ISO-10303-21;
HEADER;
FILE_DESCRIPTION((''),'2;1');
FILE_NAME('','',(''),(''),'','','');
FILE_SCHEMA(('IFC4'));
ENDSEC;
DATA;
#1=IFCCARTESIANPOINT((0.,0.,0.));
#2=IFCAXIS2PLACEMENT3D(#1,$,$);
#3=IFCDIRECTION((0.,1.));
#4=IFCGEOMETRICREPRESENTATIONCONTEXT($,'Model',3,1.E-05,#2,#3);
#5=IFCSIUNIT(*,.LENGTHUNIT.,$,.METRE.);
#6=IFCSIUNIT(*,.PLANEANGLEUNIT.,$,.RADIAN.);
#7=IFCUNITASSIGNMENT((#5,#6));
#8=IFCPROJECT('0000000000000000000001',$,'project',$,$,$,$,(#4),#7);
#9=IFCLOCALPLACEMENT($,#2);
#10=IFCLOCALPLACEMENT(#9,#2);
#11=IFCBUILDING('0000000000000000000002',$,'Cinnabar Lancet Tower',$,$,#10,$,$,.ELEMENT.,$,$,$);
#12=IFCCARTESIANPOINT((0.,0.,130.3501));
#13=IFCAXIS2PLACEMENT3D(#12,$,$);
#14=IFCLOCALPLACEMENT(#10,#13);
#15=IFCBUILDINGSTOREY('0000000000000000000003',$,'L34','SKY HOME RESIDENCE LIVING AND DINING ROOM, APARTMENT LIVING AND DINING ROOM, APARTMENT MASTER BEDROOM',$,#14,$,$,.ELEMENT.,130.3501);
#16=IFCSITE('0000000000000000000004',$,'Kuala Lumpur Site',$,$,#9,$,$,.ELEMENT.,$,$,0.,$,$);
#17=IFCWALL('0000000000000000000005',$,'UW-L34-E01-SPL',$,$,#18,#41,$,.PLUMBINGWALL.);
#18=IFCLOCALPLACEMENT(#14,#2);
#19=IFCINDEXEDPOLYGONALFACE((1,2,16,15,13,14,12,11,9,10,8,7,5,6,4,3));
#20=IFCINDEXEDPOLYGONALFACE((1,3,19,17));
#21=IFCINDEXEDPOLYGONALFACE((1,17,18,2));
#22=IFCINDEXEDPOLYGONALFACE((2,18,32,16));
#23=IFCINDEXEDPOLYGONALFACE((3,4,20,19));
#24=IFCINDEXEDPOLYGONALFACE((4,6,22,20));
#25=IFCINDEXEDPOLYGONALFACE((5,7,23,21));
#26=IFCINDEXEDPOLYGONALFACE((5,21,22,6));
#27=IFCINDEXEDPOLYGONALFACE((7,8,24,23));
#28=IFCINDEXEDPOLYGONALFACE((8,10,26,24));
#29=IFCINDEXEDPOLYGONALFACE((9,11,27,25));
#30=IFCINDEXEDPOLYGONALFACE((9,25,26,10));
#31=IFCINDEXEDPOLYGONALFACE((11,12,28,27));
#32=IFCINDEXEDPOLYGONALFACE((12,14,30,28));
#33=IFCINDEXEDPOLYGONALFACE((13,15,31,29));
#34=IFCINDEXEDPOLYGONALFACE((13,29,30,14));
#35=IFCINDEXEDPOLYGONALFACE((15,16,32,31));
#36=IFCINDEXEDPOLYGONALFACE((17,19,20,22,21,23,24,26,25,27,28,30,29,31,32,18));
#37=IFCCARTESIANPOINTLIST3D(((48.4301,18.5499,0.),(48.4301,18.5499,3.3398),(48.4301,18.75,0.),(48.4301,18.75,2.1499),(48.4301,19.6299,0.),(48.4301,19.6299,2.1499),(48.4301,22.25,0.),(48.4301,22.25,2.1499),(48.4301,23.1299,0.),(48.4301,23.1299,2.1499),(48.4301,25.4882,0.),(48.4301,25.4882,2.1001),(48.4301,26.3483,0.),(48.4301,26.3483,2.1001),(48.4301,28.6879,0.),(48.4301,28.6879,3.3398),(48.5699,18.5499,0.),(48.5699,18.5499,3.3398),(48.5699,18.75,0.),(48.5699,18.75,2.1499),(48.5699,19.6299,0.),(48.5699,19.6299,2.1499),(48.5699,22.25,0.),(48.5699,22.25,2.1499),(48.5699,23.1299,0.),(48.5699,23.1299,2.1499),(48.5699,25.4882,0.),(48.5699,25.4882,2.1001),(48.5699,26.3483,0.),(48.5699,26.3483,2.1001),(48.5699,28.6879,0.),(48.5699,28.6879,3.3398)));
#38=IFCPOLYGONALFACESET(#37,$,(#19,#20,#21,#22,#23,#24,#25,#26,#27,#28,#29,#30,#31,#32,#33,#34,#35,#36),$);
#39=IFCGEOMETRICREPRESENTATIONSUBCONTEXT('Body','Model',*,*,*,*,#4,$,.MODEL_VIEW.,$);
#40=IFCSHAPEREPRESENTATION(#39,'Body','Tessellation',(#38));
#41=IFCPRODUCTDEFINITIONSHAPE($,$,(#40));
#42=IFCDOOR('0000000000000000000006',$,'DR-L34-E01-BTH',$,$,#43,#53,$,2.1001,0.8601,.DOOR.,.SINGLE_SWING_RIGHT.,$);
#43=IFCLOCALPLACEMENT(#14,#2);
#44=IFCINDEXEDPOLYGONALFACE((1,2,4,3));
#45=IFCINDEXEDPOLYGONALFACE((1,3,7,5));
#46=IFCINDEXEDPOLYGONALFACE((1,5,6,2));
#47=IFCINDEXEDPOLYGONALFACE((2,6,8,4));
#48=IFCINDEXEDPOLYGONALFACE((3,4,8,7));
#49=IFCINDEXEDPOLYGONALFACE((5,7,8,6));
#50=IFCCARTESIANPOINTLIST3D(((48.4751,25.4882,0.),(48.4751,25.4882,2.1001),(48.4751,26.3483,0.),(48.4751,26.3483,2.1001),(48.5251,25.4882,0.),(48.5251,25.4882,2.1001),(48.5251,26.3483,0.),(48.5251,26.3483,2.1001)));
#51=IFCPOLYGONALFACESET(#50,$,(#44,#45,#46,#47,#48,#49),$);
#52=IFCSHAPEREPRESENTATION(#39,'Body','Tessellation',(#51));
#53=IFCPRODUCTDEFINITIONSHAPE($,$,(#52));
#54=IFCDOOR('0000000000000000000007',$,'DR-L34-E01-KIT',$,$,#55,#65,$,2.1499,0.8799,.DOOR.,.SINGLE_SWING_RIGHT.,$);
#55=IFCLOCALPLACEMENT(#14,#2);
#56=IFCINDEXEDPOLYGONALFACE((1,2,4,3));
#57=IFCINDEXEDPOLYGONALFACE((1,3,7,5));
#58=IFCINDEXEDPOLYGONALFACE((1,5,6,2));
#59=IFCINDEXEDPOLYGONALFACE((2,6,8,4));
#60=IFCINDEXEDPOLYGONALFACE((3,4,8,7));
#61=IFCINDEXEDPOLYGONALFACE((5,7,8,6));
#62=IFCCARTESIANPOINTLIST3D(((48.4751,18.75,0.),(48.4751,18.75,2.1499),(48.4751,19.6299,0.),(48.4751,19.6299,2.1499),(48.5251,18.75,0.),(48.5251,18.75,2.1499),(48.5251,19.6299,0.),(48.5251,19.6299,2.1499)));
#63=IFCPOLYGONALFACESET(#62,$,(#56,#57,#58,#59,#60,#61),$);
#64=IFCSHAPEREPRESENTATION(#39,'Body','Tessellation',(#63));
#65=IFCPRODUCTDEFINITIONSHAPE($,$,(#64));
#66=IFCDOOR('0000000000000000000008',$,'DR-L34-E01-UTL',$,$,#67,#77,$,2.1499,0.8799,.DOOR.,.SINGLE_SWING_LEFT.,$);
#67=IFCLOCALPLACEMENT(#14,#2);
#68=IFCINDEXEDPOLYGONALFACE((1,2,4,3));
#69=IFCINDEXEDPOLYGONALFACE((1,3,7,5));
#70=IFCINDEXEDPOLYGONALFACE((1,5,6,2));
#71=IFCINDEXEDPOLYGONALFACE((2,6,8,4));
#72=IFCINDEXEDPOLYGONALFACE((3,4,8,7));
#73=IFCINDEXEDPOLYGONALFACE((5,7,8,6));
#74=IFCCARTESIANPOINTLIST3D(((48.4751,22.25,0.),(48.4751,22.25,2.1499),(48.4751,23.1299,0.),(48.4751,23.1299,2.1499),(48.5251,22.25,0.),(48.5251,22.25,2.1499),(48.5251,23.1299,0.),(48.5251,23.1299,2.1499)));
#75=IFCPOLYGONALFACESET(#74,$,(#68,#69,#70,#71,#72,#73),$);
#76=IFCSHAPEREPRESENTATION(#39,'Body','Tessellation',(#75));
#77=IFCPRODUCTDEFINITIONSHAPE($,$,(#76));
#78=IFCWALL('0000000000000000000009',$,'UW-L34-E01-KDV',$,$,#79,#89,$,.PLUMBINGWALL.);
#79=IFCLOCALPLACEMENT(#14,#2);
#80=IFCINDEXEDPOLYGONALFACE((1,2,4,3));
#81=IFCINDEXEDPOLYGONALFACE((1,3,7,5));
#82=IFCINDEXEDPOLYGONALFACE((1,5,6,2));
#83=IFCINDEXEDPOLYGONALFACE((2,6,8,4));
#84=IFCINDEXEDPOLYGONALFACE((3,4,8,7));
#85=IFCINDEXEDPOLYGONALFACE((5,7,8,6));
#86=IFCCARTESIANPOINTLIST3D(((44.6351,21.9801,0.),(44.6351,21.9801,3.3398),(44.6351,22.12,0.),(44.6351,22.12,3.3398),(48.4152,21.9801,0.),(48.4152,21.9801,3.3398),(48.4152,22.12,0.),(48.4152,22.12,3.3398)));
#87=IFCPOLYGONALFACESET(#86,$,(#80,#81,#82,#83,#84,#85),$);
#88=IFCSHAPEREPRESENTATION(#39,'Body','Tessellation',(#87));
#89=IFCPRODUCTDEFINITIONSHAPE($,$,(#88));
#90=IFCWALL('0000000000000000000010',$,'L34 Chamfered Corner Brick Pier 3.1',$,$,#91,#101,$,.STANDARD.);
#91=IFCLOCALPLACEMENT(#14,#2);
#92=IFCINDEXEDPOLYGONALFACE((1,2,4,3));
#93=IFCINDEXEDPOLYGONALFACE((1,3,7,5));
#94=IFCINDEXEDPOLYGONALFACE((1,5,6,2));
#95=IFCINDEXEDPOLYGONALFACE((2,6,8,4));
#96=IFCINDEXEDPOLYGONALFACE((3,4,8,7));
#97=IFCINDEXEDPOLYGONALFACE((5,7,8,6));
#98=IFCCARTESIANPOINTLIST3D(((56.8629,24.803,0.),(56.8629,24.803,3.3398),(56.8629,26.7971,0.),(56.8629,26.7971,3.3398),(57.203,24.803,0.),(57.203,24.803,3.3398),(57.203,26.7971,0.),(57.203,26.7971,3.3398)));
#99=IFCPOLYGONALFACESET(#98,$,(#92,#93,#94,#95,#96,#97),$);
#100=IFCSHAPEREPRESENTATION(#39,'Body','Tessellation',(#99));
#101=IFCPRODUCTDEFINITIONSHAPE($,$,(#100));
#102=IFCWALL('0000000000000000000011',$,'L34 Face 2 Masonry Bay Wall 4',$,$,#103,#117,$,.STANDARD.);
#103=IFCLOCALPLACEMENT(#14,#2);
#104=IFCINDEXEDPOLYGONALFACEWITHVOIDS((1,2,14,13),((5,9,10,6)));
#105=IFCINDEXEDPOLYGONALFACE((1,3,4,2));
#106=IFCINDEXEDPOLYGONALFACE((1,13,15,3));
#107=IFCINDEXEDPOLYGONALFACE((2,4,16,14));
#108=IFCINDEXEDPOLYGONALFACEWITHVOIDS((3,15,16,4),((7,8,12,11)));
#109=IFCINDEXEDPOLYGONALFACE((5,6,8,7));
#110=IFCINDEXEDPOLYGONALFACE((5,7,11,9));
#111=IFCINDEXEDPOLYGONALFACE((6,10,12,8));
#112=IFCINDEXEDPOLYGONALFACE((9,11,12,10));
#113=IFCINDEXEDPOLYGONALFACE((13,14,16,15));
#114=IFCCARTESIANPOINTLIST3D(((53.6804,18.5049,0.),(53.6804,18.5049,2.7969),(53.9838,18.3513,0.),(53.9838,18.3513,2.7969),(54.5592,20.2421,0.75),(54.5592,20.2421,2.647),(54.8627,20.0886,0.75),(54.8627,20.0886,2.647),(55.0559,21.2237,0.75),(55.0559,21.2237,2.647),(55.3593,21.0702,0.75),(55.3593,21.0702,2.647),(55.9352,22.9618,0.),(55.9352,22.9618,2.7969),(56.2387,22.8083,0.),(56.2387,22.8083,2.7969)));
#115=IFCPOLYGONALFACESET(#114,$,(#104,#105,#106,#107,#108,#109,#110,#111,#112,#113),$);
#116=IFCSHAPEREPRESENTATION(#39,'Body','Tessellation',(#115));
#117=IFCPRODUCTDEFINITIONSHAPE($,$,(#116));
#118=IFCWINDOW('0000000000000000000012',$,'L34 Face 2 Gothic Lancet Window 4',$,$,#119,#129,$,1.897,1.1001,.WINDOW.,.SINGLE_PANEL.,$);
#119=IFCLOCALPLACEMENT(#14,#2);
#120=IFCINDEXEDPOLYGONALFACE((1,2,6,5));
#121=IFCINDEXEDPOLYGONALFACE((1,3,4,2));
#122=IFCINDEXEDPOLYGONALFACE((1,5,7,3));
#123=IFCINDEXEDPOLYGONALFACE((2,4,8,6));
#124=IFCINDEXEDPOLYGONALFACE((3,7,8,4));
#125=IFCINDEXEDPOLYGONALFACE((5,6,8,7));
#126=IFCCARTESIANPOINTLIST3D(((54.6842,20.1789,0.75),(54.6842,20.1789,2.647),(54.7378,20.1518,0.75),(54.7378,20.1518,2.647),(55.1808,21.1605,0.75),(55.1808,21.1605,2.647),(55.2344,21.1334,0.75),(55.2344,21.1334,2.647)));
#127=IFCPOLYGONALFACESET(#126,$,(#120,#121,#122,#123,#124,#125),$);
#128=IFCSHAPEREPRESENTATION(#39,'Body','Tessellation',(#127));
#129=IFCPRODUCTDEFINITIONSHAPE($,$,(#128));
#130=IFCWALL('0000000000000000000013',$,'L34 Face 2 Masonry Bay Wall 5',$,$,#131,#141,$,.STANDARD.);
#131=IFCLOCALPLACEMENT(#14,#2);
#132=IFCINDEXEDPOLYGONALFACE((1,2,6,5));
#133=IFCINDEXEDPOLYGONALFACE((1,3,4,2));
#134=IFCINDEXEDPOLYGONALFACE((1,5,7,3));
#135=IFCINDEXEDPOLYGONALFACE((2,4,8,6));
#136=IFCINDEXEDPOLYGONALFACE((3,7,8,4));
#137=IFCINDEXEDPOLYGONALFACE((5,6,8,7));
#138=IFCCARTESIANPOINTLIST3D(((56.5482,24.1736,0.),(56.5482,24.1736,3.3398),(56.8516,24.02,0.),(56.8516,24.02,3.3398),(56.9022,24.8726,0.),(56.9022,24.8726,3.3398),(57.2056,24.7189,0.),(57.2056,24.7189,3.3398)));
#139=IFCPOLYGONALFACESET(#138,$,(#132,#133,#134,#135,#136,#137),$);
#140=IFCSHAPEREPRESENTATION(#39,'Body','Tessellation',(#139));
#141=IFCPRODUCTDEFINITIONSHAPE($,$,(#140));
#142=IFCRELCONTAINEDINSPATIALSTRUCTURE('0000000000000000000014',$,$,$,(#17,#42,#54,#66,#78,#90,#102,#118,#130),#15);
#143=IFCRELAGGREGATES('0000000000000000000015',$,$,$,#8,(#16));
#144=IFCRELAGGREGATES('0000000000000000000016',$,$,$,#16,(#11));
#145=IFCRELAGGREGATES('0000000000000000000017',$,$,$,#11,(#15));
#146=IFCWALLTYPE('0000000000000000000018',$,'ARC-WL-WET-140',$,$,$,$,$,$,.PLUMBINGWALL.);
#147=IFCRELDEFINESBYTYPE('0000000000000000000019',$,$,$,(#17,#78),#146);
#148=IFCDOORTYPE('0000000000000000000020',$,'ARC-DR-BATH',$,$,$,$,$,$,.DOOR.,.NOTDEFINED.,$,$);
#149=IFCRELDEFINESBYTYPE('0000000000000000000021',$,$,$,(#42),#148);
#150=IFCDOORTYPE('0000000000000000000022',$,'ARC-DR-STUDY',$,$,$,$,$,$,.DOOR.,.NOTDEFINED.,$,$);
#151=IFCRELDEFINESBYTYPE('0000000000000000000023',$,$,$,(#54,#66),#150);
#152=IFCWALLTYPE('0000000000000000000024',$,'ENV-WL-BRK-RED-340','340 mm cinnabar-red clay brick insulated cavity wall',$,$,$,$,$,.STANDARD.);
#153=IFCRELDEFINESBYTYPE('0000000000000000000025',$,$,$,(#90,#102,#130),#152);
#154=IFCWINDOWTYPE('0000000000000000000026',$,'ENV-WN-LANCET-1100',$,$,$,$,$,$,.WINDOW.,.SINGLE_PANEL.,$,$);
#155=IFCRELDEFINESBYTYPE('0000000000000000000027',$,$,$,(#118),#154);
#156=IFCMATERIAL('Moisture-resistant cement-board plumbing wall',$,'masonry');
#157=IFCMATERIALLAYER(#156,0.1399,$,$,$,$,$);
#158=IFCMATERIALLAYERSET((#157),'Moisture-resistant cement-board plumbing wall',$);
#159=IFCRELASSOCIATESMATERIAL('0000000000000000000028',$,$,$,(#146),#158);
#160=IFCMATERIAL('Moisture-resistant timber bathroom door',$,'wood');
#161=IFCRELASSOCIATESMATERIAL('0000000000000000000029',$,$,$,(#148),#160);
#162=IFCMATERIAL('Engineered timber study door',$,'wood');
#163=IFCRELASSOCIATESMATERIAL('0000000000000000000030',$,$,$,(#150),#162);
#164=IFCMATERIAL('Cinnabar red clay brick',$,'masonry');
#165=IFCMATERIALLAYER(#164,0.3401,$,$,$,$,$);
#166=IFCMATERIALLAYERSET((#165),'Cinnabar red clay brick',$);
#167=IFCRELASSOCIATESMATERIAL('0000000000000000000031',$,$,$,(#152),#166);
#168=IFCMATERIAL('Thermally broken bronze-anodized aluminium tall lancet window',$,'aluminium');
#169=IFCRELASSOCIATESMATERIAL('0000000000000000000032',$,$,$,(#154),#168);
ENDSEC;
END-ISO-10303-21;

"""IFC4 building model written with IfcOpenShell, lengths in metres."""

from ifc_helpers import new_model, si_unit, direction, frame, frame_2d, origin, place, context, subcontext, project, spatial, rectangle, extrude, material, layer, layer_set, type_object, element, fill, save


model = new_model("IFC4")

# Units and contexts
model_context = context("Model", 3, precision=1e-05, world=origin(), true_north=direction((0.0, 1.0)))
body_context = subcontext(model_context, "Body", "Model", "MODEL_VIEW")
ifc_project = project(units=[si_unit("LENGTHUNIT", "METRE"), si_unit("PLANEANGLEUNIT", "RADIAN")], contexts=[model_context])

# Site, building, storey
site_placement = place(None, origin())
site = spatial("IfcSite", under=ifc_project, at=site_placement, Name="Kuala Lumpur Site", CompositionType="ELEMENT", RefElevation=0.0)
building_placement = place(site_placement, origin())
building = spatial("IfcBuilding", under=site, at=building_placement, Name="Cinnabar Lancet Tower", CompositionType="ELEMENT")
storey_placement = place(building_placement, frame((0.0, 0.0, 130.3501)))
storey = spatial("IfcBuildingStorey", under=building, at=storey_placement, Name="L34", Description="SKY HOME RESIDENCE LIVING AND DINING ROOM, APARTMENT LIVING AND DINING ROOM, APARTMENT MASTER BEDROOM", CompositionType="ELEMENT", Elevation=130.3501)

# Wall, openings, doors
ifc_material_1 = material(Name="Moisture-resistant cement-board plumbing wall", Category="masonry")
ifc_layer_1 = layer(ifc_material_1, 0.1399)
ifc_layer_set_1 = layer_set([ifc_layer_1], Name="Moisture-resistant cement-board plumbing wall")
wall_type_1 = type_object("IfcWallType", Name="ARC-WL-WET-140", PredefinedType="PLUMBINGWALL", material=ifc_layer_set_1)
wall_1_placement = place(storey_placement, frame((48.5, 18.55, 0.0), z_axis=(0.0, 0.0, 1.0), x_axis=(0.0, 1.0, 0.0)))
wall_1 = element("IfcWall", 1, at=wall_1_placement, inside=storey, type_object=wall_type_1, Name="UW-L34-E01-SPL", PredefinedType="PLUMBINGWALL", context=body_context, shape_type="SweptSolid", body=[
    extrude(rectangle(XDim=10.1379, YDim=0.1399, at=frame_2d((5.0688, 0.0))), origin(), (0.0, 0.0, 1.0), 3.3398),
])
opening_1_placement = place(wall_1_placement, frame((0.2, 0.0, 0.0)))
opening_1 = element("IfcOpeningElement", 2, at=opening_1_placement, cuts=wall_1, PredefinedType="OPENING", context=body_context, shape_type="SweptSolid", body=[
    extrude(rectangle(XDim=0.8799, YDim=2.1499, at=frame_2d((0.4399, 1.075))), frame((0.0, 0.0798, 0.0), z_axis=(0.0, -1.0, 0.0), x_axis=(1.0, 0.0, 0.0)), (0.0, 0.0, 1.0), 0.1599),
])
opening_2_placement = place(wall_1_placement, frame((3.7, 0.0, 0.0)))
opening_2 = element("IfcOpeningElement", 3, at=opening_2_placement, cuts=wall_1, PredefinedType="OPENING", context=body_context, shape_type="SweptSolid", body=[
    extrude(rectangle(XDim=0.8799, YDim=2.1499, at=frame_2d((0.4399, 1.075))), frame((0.0, 0.0798, 0.0), z_axis=(0.0, -1.0, 0.0), x_axis=(1.0, 0.0, 0.0)), (0.0, 0.0, 1.0), 0.1599),
])
opening_3_placement = place(wall_1_placement, frame((6.938, 0.0, 0.0)))
opening_3 = element("IfcOpeningElement", 4, at=opening_3_placement, cuts=wall_1, PredefinedType="OPENING", context=body_context, shape_type="SweptSolid", body=[
    extrude(rectangle(XDim=0.8601, YDim=2.1001, at=frame_2d((0.4302, 1.05))), frame((0.0, 0.0798, 0.0), z_axis=(0.0, -1.0, 0.0), x_axis=(1.0, 0.0, 0.0)), (0.0, 0.0, 1.0), 0.1599),
])
ifc_material_2 = material(Name="Moisture-resistant timber bathroom door", Category="wood")
door_type_1 = type_object("IfcDoorType", Name="ARC-DR-BATH", OperationType="NOTDEFINED", PredefinedType="DOOR", material=ifc_material_2)
door_1_placement = place(opening_3_placement, origin())
door_1 = element("IfcDoor", 5, at=door_1_placement, inside=storey, type_object=door_type_1, Name="DR-L34-E01-BTH", OperationType="SINGLE_SWING_RIGHT", OverallHeight=2.1001, OverallWidth=0.8601, PredefinedType="DOOR", context=body_context, shape_type="SweptSolid", body=[
    extrude(rectangle(XDim=0.8601, YDim=2.1001, at=frame_2d((0.4302, 1.05))), frame((0.0, 0.0249, 0.0), z_axis=(0.0, -1.0, 0.0), x_axis=(1.0, 0.0, 0.0)), (0.0, 0.0, 1.0), 0.05),
])
fill(opening_3, door_1)
ifc_material_3 = material(Name="Engineered timber study door", Category="wood")
door_type_2 = type_object("IfcDoorType", Name="ARC-DR-STUDY", OperationType="NOTDEFINED", PredefinedType="DOOR", material=ifc_material_3)
door_2_placement = place(opening_1_placement, origin())
door_2 = element("IfcDoor", 6, at=door_2_placement, inside=storey, type_object=door_type_2, Name="DR-L34-E01-KIT", OperationType="SINGLE_SWING_RIGHT", OverallHeight=2.1499, OverallWidth=0.8799, PredefinedType="DOOR", context=body_context, shape_type="SweptSolid", body=[
    extrude(rectangle(XDim=0.8799, YDim=2.1499, at=frame_2d((0.4399, 1.075))), frame((0.0, 0.0249, 0.0), z_axis=(0.0, -1.0, 0.0), x_axis=(1.0, 0.0, 0.0)), (0.0, 0.0, 1.0), 0.05),
])
fill(opening_1, door_2)
door_3_placement = place(opening_2_placement, origin())
door_3 = element("IfcDoor", 7, at=door_3_placement, inside=storey, type_object=door_type_2, Name="DR-L34-E01-UTL", OperationType="SINGLE_SWING_LEFT", OverallHeight=2.1499, OverallWidth=0.8799, PredefinedType="DOOR", context=body_context, shape_type="SweptSolid", body=[
    extrude(rectangle(XDim=0.8799, YDim=2.1499, at=frame_2d((0.4399, 1.075))), frame((0.0, 0.0249, 0.0), z_axis=(0.0, -1.0, 0.0), x_axis=(1.0, 0.0, 0.0)), (0.0, 0.0, 1.0), 0.05),
])
fill(opening_2, door_3)

# Walls
wall_2_placement = place(storey_placement, frame((44.635, 22.05, 0.0), z_axis=(0.0, 0.0, 1.0), x_axis=(1.0, 0.0, 0.0)))
element("IfcWall", 8, at=wall_2_placement, inside=storey, type_object=wall_type_1, Name="UW-L34-E01-KDV", PredefinedType="PLUMBINGWALL", context=body_context, shape_type="SweptSolid", body=[
    extrude(rectangle(XDim=3.78, YDim=0.1399, at=frame_2d((1.8901, 0.0))), origin(), (0.0, 0.0, 1.0), 3.3398),
])
ifc_material_4 = material(Name="Cinnabar red clay brick", Category="masonry")
ifc_layer_2 = layer(ifc_material_4, 0.3401)
ifc_layer_set_2 = layer_set([ifc_layer_2], Name="Cinnabar red clay brick")
wall_type_2 = type_object("IfcWallType", Name="ENV-WL-BRK-RED-340", Description="340 mm cinnabar-red clay brick insulated cavity wall", PredefinedType="STANDARD", material=ifc_layer_set_2)
wall_3_placement = place(storey_placement, frame((57.033, 24.803, 0.0), z_axis=(0.0, 0.0, 1.0), x_axis=(0.0, 1.0, 0.0)))
element("IfcWall", 9, at=wall_3_placement, inside=storey, type_object=wall_type_2, Name="L34 Chamfered Corner Brick Pier 3.1", PredefinedType="STANDARD", context=body_context, shape_type="SweptSolid", body=[
    extrude(rectangle(XDim=1.9941, YDim=0.3401, at=frame_2d((0.9971, 0.0))), origin(), (0.0, 0.0, 1.0), 3.3398),
])

# Wall, opening, window
wall_4_placement = place(storey_placement, frame((53.832, 18.428, 0.0), z_axis=(0.0, 0.0, 1.0), x_axis=(0.451432, 0.892306, 0.0)))
wall_4 = element("IfcWall", 10, at=wall_4_placement, inside=storey, type_object=wall_type_2, Name="L34 Face 2 Masonry Bay Wall 4", PredefinedType="STANDARD", context=body_context, shape_type="SweptSolid", body=[
    extrude(rectangle(XDim=4.9949, YDim=0.3401, at=frame_2d((2.4976, 0.0))), origin(), (0.0, 0.0, 1.0), 2.7969),
])
opening_4_placement = place(wall_4_placement, frame((1.947, 0.0, 0.75)))
opening_4 = element("IfcOpeningElement", 11, at=opening_4_placement, cuts=wall_4, PredefinedType="OPENING", context=body_context, shape_type="SweptSolid", body=[
    extrude(rectangle(XDim=1.1001, YDim=1.897, at=frame_2d((0.55, 0.9485))), frame((0.0, 0.1799, 0.0), z_axis=(0.0, -1.0, 0.0), x_axis=(1.0, 0.0, 0.0)), (0.0, 0.0, 1.0), 0.3601),
])
ifc_material_5 = material(Name="Thermally broken bronze-anodized aluminium tall lancet window", Category="aluminium")
window_type = type_object("IfcWindowType", Name="ENV-WN-LANCET-1100", PartitioningType="SINGLE_PANEL", PredefinedType="WINDOW", material=ifc_material_5)
window_placement = place(opening_4_placement, origin())
window = element("IfcWindow", 12, at=window_placement, inside=storey, type_object=window_type, Name="L34 Face 2 Gothic Lancet Window 4", OverallHeight=1.897, OverallWidth=1.1001, PartitioningType="SINGLE_PANEL", PredefinedType="WINDOW", context=body_context, shape_type="SweptSolid", body=[
    extrude(rectangle(XDim=1.1001, YDim=1.897, at=frame_2d((0.55, 0.9485))), frame((0.0, 0.03, 0.0), z_axis=(0.0, -1.0, 0.0), x_axis=(1.0, 0.0, 0.0)), (0.0, 0.0, 1.0), 0.0601),
])
fill(opening_4, window)

# Wall
wall_5_placement = place(storey_placement, frame((56.7, 24.0969, 0.0), z_axis=(0.0, 0.0, 1.0), x_axis=(0.451819, 0.892109, 0.0)))
element("IfcWall", 13, at=wall_5_placement, inside=storey, type_object=wall_type_2, Name="L34 Face 2 Masonry Bay Wall 5", PredefinedType="STANDARD", context=body_context, shape_type="SweptSolid", body=[
    extrude(rectangle(XDim=0.7834, YDim=0.3401, at=frame_2d((0.3916, 0.0))), origin(), (0.0, 0.0, 1.0), 3.3398),
])

save(model, "model.ifc")
